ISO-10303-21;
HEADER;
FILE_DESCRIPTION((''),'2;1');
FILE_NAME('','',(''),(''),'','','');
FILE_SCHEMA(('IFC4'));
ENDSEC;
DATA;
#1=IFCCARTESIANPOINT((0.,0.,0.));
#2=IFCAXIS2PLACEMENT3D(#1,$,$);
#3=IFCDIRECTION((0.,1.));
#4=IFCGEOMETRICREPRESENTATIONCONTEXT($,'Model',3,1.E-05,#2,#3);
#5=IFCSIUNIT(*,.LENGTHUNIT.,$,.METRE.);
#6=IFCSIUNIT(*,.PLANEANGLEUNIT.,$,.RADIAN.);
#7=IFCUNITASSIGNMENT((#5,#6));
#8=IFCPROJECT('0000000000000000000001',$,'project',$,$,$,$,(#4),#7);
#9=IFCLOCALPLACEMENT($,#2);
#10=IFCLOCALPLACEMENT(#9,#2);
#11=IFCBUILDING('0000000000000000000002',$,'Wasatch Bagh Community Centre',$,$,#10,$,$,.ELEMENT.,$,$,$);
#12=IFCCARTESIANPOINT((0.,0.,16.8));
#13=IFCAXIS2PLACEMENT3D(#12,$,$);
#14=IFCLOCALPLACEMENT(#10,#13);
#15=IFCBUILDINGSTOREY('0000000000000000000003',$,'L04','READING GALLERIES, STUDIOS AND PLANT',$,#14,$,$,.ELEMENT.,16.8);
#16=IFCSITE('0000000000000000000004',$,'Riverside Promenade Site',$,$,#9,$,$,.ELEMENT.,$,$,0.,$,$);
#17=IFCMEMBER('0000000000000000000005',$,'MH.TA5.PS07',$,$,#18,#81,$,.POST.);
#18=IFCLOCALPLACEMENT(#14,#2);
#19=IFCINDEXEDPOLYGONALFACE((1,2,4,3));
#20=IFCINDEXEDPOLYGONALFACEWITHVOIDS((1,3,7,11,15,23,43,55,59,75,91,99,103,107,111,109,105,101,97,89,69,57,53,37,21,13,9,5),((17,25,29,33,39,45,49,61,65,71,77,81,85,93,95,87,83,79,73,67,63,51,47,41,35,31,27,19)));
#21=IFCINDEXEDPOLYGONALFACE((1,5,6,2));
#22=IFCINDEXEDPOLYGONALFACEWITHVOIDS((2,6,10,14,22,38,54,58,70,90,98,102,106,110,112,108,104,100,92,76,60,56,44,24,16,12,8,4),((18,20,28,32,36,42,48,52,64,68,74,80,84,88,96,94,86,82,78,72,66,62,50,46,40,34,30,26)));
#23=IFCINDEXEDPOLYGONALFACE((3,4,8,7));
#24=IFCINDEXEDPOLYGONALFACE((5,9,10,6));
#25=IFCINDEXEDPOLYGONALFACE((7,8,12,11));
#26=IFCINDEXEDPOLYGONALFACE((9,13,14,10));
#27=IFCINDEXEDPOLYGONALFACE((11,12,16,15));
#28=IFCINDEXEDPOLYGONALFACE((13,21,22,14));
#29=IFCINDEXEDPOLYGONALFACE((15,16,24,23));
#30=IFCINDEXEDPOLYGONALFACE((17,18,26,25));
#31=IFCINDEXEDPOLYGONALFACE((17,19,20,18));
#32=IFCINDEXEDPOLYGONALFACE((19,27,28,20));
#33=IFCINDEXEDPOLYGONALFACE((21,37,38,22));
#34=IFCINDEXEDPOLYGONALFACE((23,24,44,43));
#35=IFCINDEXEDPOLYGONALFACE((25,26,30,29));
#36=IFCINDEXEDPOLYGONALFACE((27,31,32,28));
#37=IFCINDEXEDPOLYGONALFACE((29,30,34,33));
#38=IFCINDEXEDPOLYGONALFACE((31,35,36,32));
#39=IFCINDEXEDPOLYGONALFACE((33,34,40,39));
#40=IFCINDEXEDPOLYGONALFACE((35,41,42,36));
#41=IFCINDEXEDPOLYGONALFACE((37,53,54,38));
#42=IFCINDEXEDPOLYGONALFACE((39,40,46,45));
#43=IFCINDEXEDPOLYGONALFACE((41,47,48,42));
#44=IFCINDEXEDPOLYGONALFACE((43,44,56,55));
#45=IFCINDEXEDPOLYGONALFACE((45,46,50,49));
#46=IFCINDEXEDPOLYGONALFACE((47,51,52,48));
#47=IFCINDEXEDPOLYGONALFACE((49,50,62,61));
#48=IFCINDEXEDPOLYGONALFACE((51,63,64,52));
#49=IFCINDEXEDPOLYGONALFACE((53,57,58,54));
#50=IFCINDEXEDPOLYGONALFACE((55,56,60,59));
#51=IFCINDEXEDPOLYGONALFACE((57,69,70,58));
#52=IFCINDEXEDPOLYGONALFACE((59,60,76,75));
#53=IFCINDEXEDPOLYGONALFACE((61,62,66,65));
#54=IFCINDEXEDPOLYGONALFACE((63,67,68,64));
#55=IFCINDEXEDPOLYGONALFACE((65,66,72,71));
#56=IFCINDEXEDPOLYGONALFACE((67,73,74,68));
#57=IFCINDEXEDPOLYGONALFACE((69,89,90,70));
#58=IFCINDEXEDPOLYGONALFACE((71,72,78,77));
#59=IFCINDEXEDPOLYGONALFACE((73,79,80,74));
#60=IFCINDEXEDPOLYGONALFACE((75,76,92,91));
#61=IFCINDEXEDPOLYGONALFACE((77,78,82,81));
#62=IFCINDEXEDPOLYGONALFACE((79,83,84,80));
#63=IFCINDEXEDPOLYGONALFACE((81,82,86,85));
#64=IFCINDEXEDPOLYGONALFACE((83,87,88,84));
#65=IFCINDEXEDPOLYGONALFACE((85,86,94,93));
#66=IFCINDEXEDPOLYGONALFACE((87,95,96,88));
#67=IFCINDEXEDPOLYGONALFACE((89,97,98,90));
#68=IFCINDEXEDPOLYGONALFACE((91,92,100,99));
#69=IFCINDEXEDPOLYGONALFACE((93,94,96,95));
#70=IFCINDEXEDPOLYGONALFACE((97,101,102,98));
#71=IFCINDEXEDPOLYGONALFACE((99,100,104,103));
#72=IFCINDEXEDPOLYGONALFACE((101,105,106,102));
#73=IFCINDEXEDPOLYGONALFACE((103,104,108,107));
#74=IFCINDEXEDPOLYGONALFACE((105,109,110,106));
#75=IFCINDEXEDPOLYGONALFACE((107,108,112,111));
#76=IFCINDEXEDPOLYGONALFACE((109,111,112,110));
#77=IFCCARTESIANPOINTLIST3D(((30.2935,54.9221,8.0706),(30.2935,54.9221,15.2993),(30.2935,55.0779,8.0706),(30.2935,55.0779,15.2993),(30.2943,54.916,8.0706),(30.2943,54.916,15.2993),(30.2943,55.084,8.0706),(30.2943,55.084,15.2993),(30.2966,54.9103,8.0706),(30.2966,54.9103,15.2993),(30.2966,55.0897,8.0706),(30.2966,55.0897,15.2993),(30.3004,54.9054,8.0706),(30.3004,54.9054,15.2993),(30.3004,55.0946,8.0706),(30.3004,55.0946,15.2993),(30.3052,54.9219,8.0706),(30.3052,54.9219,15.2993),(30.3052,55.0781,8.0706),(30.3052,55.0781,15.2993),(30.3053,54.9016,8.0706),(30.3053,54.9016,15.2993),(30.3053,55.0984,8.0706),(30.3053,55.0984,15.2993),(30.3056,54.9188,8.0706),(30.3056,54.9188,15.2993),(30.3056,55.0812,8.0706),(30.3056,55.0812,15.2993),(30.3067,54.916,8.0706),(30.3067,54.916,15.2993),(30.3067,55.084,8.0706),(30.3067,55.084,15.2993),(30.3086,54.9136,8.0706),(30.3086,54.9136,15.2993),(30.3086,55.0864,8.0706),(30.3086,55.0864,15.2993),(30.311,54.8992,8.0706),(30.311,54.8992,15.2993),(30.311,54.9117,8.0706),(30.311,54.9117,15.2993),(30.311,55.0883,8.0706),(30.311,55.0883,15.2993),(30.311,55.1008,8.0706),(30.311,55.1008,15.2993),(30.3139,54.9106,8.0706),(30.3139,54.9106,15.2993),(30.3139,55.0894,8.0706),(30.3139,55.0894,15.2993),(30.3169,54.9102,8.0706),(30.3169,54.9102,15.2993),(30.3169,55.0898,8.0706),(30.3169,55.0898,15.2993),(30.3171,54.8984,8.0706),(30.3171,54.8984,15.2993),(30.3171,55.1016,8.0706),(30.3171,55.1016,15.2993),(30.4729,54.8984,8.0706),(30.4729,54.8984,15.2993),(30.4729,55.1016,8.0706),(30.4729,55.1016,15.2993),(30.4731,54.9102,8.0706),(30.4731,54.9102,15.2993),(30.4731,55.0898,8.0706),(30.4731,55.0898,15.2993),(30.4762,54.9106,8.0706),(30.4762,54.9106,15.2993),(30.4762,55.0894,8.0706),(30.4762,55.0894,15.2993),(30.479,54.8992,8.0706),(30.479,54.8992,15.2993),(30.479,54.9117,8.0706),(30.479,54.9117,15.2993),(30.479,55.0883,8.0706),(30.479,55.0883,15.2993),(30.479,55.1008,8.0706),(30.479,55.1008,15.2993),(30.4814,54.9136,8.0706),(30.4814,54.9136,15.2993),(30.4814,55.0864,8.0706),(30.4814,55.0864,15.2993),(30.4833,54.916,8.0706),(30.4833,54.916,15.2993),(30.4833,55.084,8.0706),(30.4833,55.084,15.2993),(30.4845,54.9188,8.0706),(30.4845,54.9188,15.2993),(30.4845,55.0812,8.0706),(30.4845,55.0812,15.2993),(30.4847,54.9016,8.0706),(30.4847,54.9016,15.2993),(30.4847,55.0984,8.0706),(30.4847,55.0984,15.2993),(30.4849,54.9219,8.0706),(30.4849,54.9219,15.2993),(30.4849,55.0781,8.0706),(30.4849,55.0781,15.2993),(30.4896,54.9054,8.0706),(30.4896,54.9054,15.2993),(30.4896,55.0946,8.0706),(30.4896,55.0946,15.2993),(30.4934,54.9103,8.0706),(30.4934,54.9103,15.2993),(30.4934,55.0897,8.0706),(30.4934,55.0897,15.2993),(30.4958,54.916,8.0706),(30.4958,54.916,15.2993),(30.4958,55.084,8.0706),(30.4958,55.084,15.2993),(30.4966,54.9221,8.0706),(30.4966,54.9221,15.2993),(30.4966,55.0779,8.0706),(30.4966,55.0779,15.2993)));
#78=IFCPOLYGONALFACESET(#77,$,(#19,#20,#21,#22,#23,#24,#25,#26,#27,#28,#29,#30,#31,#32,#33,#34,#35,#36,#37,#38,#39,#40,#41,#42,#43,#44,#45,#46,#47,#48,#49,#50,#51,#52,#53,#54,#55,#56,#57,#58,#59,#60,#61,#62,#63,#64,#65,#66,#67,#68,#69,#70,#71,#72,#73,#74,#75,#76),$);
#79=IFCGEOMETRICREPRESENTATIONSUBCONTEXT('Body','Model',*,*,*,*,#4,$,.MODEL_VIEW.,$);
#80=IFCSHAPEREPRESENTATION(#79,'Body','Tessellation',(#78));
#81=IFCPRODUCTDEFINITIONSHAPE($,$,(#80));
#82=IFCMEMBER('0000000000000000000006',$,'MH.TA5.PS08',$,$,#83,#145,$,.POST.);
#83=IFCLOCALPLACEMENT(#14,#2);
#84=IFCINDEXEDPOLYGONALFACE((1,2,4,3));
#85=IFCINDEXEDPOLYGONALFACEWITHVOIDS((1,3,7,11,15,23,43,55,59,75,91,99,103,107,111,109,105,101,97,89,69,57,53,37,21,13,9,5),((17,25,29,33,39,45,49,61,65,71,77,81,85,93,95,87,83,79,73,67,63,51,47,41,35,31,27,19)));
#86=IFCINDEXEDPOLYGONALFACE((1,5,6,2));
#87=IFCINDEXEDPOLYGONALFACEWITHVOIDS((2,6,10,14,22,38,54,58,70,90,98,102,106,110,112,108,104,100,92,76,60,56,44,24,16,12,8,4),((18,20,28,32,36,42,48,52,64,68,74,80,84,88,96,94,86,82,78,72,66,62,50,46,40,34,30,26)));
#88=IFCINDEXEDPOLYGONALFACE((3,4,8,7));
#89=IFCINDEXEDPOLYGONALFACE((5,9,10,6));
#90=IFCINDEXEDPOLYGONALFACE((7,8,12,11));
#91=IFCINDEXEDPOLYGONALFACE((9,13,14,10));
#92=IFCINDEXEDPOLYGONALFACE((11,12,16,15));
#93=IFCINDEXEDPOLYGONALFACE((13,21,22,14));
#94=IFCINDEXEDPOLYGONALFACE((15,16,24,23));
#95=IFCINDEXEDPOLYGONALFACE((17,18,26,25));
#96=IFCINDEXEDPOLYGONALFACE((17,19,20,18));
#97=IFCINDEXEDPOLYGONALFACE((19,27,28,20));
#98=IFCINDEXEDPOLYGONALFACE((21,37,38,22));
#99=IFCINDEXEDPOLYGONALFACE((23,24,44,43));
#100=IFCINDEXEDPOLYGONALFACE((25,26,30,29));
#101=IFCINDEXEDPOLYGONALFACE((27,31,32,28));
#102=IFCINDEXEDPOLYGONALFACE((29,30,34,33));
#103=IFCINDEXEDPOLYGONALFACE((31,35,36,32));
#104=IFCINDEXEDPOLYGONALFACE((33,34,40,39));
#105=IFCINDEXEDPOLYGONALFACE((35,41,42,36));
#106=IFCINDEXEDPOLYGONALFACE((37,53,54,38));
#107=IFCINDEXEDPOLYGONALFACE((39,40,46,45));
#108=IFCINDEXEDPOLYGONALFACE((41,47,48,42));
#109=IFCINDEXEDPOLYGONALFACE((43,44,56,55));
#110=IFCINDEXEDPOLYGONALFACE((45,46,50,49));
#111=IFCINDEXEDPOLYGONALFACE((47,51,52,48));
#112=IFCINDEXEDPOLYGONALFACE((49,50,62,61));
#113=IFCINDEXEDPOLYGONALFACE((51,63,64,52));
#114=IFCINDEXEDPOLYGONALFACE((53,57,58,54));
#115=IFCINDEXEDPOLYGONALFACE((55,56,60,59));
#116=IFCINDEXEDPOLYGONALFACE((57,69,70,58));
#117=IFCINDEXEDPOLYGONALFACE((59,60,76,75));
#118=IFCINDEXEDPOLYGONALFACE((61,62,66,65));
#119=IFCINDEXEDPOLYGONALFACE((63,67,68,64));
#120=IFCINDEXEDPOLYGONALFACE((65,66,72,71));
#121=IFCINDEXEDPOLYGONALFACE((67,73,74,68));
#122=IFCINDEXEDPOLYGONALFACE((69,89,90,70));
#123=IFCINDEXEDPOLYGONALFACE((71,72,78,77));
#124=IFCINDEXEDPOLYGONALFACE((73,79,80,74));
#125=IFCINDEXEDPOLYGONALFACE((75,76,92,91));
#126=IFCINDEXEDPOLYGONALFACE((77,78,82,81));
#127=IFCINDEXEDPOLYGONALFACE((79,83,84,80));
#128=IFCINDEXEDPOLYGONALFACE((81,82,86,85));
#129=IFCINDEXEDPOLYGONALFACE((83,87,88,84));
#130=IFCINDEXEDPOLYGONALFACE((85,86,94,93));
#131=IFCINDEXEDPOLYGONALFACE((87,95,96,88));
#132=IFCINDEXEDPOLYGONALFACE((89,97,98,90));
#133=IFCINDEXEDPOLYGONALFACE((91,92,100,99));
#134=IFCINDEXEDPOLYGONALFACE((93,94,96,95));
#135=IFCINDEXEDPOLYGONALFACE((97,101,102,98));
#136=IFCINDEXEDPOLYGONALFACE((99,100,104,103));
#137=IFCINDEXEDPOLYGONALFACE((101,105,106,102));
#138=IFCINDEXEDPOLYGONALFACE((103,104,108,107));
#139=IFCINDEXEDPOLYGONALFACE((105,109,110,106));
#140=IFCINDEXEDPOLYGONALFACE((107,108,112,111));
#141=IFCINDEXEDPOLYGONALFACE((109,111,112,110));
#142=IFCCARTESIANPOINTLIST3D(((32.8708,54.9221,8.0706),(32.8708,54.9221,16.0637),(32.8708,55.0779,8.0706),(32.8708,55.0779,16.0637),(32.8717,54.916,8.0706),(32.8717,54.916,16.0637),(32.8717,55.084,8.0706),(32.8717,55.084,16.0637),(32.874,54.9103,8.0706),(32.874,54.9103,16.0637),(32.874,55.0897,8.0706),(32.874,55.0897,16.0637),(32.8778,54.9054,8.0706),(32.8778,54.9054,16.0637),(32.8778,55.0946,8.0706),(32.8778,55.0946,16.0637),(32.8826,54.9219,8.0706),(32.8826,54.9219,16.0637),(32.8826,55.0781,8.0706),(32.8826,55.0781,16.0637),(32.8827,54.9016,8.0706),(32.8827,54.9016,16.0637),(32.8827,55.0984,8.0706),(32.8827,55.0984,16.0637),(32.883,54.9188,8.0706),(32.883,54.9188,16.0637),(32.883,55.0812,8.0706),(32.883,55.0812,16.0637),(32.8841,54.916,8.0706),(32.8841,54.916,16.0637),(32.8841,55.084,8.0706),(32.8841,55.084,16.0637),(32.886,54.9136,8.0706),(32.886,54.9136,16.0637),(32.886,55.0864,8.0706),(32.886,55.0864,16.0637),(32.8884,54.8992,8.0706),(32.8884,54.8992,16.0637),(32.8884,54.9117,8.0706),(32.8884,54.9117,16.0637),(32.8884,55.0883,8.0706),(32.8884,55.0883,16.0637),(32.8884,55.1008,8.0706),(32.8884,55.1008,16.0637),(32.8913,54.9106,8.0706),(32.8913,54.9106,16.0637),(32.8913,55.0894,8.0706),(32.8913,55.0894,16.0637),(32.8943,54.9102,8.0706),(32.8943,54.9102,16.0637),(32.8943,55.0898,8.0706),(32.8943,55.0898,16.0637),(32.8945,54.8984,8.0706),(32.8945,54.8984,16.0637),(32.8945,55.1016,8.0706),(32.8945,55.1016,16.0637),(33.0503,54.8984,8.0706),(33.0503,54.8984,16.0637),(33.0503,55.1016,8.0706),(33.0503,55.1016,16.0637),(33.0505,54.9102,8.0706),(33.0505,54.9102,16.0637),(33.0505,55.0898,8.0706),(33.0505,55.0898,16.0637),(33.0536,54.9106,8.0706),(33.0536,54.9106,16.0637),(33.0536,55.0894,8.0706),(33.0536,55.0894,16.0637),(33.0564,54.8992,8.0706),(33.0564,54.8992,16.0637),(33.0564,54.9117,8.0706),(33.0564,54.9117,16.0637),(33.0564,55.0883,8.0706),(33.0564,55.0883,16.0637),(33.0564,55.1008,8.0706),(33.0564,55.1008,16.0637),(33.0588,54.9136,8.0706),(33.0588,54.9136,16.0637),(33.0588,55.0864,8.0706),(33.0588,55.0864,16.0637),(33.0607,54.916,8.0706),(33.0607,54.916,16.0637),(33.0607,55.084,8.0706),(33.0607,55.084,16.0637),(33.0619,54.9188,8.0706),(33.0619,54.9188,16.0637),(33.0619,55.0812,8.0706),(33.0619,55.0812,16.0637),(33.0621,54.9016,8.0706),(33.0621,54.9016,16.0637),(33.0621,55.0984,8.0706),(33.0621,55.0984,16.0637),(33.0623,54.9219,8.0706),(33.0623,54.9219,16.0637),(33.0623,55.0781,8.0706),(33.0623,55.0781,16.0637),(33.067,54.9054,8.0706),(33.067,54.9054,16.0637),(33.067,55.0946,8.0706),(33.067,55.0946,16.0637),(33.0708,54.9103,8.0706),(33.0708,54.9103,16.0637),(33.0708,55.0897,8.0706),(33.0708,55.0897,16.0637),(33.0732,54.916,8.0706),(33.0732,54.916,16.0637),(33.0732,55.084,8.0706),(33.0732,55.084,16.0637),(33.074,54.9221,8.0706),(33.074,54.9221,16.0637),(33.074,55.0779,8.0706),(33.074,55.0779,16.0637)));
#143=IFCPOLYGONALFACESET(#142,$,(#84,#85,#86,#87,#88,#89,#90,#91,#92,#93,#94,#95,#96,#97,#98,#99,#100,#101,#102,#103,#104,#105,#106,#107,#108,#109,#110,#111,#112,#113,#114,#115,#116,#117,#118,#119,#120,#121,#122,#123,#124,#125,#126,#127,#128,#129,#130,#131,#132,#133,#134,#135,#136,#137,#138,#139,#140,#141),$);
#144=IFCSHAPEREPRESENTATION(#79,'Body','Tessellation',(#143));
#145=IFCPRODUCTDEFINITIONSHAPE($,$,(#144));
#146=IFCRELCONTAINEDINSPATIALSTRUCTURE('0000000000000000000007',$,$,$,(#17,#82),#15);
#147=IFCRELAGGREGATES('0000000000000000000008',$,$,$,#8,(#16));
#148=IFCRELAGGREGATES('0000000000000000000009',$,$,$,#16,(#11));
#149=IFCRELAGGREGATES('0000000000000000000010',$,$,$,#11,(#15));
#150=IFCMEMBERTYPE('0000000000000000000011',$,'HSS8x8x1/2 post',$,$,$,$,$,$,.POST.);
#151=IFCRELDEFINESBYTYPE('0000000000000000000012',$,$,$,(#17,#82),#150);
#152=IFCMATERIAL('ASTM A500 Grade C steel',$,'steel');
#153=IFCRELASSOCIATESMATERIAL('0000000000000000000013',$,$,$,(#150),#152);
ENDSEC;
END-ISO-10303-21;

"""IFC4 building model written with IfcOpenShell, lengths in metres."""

from ifc_helpers import new_model, si_unit, direction, frame, origin, origin_2d, place, context, subcontext, project, spatial, hollow_rectangle, extrude, material, material_profile, profile_set, type_object, element, save


model = new_model("IFC4")

# Units and contexts
model_context = context("Model", 3, precision=1e-05, world=origin(), true_north=direction((0.0, 1.0)))
body_context = subcontext(model_context, "Body", "Model", "MODEL_VIEW")
ifc_project = project(units=[si_unit("LENGTHUNIT", "METRE"), si_unit("PLANEANGLEUNIT", "RADIAN")], contexts=[model_context])

# Site, building, storey
site_placement = place(None, origin())
site = spatial("IfcSite", under=ifc_project, at=site_placement, Name="Riverside Promenade Site", CompositionType="ELEMENT", RefElevation=0.0)
building_placement = place(site_placement, origin())
building = spatial("IfcBuilding", under=site, at=building_placement, Name="Wasatch Bagh Community Centre", CompositionType="ELEMENT")
storey_placement = place(building_placement, frame((0.0, 0.0, 16.8)))
storey = spatial("IfcBuildingStorey", under=building, at=storey_placement, Name="L04", Description="READING GALLERIES, STUDIOS AND PLANT", CompositionType="ELEMENT", Elevation=16.8)

# Members
ifc_material_1 = material(Name="ASTM A500 Grade C steel", Category="steel")
ifc_material_profile_1 = material_profile(ifc_material_1, hollow_rectangle(XDim=0.2031, YDim=0.2031, WallThickness=0.0117, InnerFilletRadius=0.0117, OuterFilletRadius=0.0237, at=origin_2d()), Name="HSS8x8x1/2")
ifc_profile_set_1 = profile_set([ifc_material_profile_1], Name="ASTM A500 Grade C steel")
member_type_1 = type_object("IfcMemberType", Name="HSS8x8x1/2 post", PredefinedType="POST", material=ifc_profile_set_1)
member_1_placement = place(storey_placement, frame((30.395, 55.0, 8.0706), z_axis=(0.0, 0.0, 1.0), x_axis=(1.0, 0.0, 0.0)))
element("IfcMember", 1, at=member_1_placement, inside=storey, type_object=member_type_1, Name="MH.TA5.PS07", PredefinedType="POST", context=body_context, shape_type="SweptSolid", body=[
    extrude(hollow_rectangle(XDim=0.2031, YDim=0.2031, WallThickness=0.0117, InnerFilletRadius=0.0117, OuterFilletRadius=0.0237, at=origin_2d()), origin(), (0.0, 0.0, 1.0), 7.2288),
])
member_2_placement = place(storey_placement, frame((32.9724, 55.0, 8.0706), z_axis=(0.0, 0.0, 1.0), x_axis=(1.0, 0.0, 0.0)))
element("IfcMember", 2, at=member_2_placement, inside=storey, type_object=member_type_1, Name="MH.TA5.PS08", PredefinedType="POST", context=body_context, shape_type="SweptSolid", body=[
    extrude(hollow_rectangle(XDim=0.2031, YDim=0.2031, WallThickness=0.0117, InnerFilletRadius=0.0117, OuterFilletRadius=0.0237, at=origin_2d()), origin(), (0.0, 0.0, 1.0), 7.9932),
])

save(model, "model.ifc")
